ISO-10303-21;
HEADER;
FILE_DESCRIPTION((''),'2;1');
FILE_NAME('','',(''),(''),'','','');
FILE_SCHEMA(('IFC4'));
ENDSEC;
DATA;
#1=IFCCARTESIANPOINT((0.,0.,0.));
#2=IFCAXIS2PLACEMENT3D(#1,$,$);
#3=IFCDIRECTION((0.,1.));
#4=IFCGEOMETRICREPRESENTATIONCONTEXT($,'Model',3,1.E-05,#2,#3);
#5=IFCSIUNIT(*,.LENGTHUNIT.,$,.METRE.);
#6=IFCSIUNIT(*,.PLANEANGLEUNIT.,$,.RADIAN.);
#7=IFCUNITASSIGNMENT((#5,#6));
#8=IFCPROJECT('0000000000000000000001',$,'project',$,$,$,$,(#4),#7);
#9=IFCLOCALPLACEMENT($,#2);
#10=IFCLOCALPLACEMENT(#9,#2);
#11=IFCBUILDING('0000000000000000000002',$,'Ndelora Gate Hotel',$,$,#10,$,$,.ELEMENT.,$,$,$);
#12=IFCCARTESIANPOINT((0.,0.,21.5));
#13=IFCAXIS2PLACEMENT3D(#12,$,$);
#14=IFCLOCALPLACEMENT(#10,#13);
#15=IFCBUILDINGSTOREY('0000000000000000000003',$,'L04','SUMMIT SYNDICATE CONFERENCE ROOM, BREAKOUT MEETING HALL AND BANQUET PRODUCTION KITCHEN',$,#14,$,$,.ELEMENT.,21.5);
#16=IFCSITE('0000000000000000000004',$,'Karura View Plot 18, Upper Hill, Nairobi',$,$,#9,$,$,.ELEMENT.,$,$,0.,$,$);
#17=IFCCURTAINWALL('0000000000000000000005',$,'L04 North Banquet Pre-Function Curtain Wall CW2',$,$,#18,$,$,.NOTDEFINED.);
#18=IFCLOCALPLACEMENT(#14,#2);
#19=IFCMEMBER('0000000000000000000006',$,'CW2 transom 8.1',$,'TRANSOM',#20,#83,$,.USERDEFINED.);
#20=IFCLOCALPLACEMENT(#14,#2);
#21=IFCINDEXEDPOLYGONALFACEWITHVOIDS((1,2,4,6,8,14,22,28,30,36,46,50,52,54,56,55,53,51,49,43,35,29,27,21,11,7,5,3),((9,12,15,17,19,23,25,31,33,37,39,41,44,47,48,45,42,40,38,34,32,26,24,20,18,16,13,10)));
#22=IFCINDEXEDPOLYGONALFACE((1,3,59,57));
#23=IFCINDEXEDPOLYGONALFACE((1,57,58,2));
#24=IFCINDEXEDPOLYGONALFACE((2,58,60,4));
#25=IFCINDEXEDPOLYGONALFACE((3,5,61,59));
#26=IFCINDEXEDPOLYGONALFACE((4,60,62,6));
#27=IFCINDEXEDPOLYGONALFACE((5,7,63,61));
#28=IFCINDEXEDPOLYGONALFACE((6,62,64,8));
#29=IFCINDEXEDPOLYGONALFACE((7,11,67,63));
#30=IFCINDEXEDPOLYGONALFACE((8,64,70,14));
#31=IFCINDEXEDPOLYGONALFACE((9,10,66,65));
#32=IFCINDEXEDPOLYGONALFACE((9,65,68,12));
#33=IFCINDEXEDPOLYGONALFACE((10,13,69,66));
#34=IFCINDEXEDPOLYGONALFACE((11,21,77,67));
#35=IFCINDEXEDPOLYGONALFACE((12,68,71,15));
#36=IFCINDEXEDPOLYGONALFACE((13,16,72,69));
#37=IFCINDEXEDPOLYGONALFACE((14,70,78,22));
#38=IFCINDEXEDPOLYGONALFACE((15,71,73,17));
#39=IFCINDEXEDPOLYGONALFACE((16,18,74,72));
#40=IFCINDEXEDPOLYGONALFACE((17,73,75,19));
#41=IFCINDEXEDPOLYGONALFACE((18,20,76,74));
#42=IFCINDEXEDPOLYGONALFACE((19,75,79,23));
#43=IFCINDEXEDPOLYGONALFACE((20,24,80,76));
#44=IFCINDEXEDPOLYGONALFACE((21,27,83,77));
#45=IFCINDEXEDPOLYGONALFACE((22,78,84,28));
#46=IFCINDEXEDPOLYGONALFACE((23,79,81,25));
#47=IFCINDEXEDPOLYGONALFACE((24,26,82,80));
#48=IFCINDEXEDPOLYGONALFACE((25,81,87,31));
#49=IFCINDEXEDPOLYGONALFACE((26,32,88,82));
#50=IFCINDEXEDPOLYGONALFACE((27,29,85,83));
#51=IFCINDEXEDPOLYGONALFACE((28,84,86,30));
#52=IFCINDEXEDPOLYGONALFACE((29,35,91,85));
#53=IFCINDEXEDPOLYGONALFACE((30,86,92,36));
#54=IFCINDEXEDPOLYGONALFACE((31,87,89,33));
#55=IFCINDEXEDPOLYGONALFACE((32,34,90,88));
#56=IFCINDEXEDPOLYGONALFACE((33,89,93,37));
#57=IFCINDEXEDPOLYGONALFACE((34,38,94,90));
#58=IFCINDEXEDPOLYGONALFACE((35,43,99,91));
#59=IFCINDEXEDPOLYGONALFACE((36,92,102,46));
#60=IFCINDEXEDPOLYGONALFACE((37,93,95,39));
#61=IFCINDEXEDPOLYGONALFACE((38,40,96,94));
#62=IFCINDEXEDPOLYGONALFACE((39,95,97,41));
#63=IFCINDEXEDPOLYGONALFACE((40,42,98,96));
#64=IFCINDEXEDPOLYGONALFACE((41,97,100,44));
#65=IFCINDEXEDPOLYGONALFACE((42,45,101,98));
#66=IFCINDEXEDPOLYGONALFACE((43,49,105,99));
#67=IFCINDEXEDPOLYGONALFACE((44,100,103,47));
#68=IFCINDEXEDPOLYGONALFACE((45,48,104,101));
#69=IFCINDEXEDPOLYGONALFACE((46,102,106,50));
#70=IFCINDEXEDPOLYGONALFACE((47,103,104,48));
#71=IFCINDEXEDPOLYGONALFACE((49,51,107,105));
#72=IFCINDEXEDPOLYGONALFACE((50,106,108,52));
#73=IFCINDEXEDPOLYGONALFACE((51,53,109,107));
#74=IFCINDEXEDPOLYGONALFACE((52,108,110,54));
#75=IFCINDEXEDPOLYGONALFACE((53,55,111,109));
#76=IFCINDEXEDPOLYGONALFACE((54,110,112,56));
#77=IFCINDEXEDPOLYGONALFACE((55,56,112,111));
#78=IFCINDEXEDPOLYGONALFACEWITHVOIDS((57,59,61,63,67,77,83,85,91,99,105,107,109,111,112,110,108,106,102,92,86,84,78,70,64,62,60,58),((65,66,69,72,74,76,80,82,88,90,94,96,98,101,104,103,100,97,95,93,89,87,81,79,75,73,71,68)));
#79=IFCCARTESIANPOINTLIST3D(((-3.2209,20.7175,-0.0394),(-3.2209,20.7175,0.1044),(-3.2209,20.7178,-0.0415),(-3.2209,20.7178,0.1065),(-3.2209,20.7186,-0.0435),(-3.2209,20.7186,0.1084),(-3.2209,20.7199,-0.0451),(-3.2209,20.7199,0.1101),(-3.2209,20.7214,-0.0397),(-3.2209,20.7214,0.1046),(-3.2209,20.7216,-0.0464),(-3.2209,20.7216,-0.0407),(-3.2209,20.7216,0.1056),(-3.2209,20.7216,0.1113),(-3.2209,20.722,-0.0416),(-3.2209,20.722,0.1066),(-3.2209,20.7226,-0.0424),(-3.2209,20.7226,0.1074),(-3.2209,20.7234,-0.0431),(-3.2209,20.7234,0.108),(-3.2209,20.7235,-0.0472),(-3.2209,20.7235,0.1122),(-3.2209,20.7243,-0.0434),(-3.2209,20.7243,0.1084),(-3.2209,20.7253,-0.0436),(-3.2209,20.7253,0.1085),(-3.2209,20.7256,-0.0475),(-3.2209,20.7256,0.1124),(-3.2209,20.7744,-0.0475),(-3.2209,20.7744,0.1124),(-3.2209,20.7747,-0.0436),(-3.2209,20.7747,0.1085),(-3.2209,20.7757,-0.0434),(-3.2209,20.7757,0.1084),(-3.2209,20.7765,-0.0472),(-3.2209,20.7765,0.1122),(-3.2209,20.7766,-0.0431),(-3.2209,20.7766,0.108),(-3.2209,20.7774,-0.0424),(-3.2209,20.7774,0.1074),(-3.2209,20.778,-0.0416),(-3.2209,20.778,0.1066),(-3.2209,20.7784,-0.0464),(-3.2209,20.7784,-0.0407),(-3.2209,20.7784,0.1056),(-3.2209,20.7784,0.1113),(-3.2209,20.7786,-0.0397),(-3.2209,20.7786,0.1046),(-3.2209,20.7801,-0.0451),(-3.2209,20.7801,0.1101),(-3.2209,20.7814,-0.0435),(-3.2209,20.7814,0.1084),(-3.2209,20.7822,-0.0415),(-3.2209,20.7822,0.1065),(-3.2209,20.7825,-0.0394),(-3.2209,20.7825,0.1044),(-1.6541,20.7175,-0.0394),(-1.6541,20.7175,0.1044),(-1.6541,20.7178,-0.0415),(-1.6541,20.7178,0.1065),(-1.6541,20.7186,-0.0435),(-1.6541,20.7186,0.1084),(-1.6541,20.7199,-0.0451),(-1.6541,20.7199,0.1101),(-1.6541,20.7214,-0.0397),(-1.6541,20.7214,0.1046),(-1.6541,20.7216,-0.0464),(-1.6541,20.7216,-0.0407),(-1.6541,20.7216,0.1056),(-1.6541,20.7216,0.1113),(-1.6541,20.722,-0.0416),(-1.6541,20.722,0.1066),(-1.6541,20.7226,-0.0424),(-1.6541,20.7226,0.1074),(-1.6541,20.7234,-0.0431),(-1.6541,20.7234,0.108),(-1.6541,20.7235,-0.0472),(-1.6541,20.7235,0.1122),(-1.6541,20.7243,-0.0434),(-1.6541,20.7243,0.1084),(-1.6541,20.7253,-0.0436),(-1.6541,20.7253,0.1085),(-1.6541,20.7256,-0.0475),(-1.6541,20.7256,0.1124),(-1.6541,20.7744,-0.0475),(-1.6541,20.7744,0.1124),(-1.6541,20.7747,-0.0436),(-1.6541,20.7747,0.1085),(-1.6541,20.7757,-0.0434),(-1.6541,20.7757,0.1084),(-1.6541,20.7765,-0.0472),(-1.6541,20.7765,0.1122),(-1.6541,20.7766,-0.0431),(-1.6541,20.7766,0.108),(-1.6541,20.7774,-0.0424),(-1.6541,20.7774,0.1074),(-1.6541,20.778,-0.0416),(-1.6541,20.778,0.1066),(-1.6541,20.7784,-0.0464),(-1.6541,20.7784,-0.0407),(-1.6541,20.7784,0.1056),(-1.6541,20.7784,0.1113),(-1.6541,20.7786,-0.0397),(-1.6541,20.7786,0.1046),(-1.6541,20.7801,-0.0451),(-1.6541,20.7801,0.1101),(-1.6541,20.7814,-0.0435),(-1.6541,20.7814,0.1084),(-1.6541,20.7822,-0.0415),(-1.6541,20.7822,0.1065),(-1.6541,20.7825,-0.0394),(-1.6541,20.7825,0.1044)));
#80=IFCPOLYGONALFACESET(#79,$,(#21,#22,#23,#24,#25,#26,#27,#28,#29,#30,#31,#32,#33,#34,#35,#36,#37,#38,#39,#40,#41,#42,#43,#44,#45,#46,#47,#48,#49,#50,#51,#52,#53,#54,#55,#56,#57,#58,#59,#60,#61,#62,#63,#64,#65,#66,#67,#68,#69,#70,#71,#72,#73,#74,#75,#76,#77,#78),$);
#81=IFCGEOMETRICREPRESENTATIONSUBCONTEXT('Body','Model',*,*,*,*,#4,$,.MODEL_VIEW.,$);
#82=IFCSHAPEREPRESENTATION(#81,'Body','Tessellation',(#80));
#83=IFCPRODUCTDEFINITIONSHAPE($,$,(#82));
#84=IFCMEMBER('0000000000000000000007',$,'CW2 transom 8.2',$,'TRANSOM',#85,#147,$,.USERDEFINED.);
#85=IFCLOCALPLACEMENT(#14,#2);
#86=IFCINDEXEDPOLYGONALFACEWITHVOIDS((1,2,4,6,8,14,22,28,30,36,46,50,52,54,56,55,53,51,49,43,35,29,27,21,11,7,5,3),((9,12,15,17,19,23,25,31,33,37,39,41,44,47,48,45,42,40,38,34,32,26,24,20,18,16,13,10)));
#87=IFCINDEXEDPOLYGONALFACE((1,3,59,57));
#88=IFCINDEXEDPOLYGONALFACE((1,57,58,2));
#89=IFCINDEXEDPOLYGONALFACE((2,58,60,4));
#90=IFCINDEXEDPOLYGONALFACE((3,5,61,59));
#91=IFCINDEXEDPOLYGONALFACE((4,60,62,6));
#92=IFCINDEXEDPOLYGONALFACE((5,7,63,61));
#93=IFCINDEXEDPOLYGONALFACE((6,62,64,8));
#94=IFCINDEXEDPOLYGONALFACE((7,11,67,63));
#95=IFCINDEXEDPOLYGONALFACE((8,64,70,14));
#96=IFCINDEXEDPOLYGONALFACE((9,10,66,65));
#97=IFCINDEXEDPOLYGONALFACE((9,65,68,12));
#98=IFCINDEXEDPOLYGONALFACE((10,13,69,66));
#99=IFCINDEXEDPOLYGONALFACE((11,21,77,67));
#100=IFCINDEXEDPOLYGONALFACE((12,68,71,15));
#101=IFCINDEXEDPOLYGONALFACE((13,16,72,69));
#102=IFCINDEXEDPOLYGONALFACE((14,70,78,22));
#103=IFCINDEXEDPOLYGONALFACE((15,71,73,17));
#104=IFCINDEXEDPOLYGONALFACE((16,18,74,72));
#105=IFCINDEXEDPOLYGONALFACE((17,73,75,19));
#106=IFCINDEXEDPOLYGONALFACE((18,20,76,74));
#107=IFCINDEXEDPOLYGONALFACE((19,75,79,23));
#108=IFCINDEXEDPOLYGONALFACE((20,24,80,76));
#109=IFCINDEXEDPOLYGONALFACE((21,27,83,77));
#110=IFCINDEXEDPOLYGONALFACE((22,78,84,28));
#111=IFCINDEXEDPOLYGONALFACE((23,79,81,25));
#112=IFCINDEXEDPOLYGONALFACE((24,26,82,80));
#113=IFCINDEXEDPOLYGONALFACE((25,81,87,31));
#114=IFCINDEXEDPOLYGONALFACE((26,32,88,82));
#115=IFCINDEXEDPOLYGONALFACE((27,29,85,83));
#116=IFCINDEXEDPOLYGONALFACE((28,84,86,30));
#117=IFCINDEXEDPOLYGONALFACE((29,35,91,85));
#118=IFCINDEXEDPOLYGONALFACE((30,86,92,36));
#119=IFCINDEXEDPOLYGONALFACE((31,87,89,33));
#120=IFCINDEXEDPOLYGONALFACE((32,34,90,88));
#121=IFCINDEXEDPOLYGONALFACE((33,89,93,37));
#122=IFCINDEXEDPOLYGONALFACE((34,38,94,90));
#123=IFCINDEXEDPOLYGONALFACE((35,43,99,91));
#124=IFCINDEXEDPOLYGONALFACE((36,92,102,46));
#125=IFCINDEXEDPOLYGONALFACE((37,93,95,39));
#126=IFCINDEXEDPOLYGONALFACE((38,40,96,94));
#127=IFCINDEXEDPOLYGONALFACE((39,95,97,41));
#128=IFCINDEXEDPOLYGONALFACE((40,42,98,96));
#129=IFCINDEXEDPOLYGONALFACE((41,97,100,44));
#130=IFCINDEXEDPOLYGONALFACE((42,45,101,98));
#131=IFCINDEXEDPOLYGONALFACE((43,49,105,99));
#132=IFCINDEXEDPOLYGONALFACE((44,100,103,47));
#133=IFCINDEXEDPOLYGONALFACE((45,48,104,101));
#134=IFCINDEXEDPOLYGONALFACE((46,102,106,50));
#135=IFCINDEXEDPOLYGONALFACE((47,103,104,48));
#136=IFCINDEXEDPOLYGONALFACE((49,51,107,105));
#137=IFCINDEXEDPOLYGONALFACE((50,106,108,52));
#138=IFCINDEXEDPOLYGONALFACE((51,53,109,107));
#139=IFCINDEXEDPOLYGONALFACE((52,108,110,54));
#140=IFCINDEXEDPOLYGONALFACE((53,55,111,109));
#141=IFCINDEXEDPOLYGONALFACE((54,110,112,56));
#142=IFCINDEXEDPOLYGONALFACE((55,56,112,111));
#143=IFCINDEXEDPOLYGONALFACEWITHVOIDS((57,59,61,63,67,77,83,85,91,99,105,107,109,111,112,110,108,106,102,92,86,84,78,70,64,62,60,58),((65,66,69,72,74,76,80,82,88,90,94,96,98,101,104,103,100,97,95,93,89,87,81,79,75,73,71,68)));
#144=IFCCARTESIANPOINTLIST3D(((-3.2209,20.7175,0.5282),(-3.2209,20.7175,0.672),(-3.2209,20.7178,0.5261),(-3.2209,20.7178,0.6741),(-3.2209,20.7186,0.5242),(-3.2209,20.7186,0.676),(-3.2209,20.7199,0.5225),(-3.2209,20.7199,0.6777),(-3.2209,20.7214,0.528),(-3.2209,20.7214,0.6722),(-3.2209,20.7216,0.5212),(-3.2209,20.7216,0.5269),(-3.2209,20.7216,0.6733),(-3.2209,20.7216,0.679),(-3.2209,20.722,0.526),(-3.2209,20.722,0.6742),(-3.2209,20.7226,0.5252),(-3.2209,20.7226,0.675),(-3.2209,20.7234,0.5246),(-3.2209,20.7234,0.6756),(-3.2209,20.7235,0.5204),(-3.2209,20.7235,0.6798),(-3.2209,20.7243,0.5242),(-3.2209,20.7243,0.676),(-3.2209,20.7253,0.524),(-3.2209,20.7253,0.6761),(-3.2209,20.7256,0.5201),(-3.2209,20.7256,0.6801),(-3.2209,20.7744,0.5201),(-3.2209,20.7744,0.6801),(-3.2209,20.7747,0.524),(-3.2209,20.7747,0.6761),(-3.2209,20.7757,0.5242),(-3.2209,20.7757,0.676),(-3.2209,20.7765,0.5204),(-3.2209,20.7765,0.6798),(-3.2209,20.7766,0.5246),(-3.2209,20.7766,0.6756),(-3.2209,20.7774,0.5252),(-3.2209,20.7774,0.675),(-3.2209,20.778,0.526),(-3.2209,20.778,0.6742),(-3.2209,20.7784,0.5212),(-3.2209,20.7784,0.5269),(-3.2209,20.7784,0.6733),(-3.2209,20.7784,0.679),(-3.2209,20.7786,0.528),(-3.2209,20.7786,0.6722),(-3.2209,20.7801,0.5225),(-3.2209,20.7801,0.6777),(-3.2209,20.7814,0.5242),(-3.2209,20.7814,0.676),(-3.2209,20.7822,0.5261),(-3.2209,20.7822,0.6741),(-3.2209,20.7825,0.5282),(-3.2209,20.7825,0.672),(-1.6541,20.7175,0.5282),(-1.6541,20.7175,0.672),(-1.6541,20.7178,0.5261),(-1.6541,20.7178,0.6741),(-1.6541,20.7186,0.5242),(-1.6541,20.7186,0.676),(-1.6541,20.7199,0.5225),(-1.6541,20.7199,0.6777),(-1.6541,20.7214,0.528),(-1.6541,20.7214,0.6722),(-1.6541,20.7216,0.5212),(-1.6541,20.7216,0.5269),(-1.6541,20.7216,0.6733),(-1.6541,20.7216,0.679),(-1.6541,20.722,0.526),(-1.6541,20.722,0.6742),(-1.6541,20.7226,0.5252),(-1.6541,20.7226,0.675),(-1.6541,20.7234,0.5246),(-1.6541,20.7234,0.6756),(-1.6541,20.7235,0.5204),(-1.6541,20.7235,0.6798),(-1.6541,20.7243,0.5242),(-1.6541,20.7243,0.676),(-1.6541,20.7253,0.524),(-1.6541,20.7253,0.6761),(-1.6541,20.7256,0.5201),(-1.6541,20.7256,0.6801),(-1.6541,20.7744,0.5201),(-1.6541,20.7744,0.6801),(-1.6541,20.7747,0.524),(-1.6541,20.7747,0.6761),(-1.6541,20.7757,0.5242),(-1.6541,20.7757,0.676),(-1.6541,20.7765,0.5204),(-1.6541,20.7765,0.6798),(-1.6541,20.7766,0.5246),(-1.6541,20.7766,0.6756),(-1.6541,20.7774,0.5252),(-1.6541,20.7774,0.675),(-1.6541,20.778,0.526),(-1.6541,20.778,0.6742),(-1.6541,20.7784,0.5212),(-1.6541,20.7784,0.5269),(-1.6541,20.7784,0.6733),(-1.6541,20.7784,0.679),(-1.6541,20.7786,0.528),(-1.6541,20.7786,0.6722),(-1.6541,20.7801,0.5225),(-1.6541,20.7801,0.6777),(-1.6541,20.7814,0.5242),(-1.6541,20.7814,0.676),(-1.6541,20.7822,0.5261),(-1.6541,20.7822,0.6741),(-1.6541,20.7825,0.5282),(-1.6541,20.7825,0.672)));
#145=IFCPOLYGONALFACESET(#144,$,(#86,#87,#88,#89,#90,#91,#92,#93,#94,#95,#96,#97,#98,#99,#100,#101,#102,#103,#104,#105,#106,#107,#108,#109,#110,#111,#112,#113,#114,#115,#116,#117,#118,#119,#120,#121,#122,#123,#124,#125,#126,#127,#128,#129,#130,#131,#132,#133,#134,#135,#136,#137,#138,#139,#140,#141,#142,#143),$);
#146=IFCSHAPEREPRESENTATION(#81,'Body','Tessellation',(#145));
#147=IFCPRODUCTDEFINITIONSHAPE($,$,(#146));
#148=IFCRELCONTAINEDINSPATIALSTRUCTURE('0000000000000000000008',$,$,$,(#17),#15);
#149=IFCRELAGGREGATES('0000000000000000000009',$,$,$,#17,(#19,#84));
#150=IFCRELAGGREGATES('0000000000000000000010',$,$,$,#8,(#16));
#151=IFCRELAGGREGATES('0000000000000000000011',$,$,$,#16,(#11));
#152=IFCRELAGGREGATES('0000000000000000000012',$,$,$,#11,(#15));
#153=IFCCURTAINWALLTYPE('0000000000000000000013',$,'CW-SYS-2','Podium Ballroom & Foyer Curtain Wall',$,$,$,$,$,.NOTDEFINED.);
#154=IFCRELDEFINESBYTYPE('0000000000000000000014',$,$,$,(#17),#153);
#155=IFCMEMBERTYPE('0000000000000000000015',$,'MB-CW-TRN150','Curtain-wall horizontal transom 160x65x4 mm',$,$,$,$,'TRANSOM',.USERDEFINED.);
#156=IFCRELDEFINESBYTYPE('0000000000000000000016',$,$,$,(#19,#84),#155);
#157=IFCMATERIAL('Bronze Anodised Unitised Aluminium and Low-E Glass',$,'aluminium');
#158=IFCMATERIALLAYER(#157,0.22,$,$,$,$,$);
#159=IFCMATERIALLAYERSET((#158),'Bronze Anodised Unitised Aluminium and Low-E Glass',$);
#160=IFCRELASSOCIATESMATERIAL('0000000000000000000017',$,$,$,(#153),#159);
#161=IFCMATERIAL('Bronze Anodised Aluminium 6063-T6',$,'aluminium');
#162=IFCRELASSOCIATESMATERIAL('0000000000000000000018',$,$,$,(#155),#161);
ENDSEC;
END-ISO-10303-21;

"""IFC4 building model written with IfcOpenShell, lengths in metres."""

from ifc_helpers import new_model, si_unit, direction, frame, origin, origin_2d, place, context, subcontext, project, spatial, hollow_rectangle, extrude, material, layer, layer_set, material_profile, profile_set, type_object, element, aggregate, save


model = new_model("IFC4")

# Units and contexts
model_context = context("Model", 3, precision=1e-05, world=origin(), true_north=direction((0.0, 1.0)))
body_context = subcontext(model_context, "Body", "Model", "MODEL_VIEW")
ifc_project = project(units=[si_unit("LENGTHUNIT", "METRE"), si_unit("PLANEANGLEUNIT", "RADIAN")], contexts=[model_context])

# Site, building, storey
site_placement = place(None, origin())
site = spatial("IfcSite", under=ifc_project, at=site_placement, Name="Karura View Plot 18, Upper Hill, Nairobi", CompositionType="ELEMENT", RefElevation=0.0)
building_placement = place(site_placement, origin())
building = spatial("IfcBuilding", under=site, at=building_placement, Name="Ndelora Gate Hotel", CompositionType="ELEMENT")
storey_placement = place(building_placement, frame((0.0, 0.0, 21.5)))
storey = spatial("IfcBuildingStorey", under=building, at=storey_placement, Name="L04", Description="SUMMIT SYNDICATE CONFERENCE ROOM, BREAKOUT MEETING HALL AND BANQUET PRODUCTION KITCHEN", CompositionType="ELEMENT", Elevation=21.5)

# Curtain wall, members
ifc_material_1 = material(Name="Bronze Anodised Unitised Aluminium and Low-E Glass", Category="aluminium")
ifc_layer_1 = layer(ifc_material_1, 0.22)
ifc_layer_set_1 = layer_set([ifc_layer_1], Name="Bronze Anodised Unitised Aluminium and Low-E Glass")
curtain_wall_type = type_object("IfcCurtainWallType", Name="CW-SYS-2", Description="Podium Ballroom & Foyer Curtain Wall", PredefinedType="NOTDEFINED", material=ifc_layer_set_1)
curtain_wall_placement = place(storey_placement, origin())
curtain_wall = element("IfcCurtainWall", 1, at=curtain_wall_placement, inside=storey, type_object=curtain_wall_type, Name="L04 North Banquet Pre-Function Curtain Wall CW2", PredefinedType="NOTDEFINED")
ifc_material_2 = material(Name="Bronze Anodised Aluminium 6063-T6", Category="aluminium")
ifc_material_profile_1 = material_profile(ifc_material_2, hollow_rectangle(XDim=0.0649, YDim=0.1599, WallThickness=0.0039, InnerFilletRadius=0.0039, OuterFilletRadius=0.0081, at=origin_2d()), Name="ALU 160x65x4")
ifc_profile_set_1 = profile_set([ifc_material_profile_1], Name="Bronze Anodised Aluminium 6063-T6")
member_type_1 = type_object("IfcMemberType", Name="MB-CW-TRN150", Description="Curtain-wall horizontal transom 160x65x4 mm", ElementType="TRANSOM", PredefinedType="USERDEFINED", material=ifc_profile_set_1)
member_1_placement = place(storey_placement, frame((-1.6541, 20.75, 0.0325), z_axis=(-1.0, 0.0, 0.0), x_axis=(0.0, -1.0, 0.0)))
member_1 = element("IfcMember", 2, at=member_1_placement, type_object=member_type_1, Name="CW2 transom 8.1", ObjectType="TRANSOM", PredefinedType="USERDEFINED", context=body_context, shape_type="SweptSolid", body=[
    extrude(hollow_rectangle(XDim=0.0649, YDim=0.1599, WallThickness=0.0039, InnerFilletRadius=0.0039, OuterFilletRadius=0.0081, at=origin_2d()), origin(), (0.0, 0.0, 1.0), 1.5669),
])
member_2_placement = place(storey_placement, frame((-1.6541, 20.75, 0.6001), z_axis=(-1.0, 0.0, 0.0), x_axis=(0.0, -1.0, 0.0)))
member_2 = element("IfcMember", 3, at=member_2_placement, type_object=member_type_1, Name="CW2 transom 8.2", ObjectType="TRANSOM", PredefinedType="USERDEFINED", context=body_context, shape_type="SweptSolid", body=[
    extrude(hollow_rectangle(XDim=0.0649, YDim=0.1599, WallThickness=0.0039, InnerFilletRadius=0.0039, OuterFilletRadius=0.0081, at=origin_2d()), origin(), (0.0, 0.0, 1.0), 1.5669),
])
aggregate(curtain_wall, [member_1, member_2])

save(model, "model.ifc")
